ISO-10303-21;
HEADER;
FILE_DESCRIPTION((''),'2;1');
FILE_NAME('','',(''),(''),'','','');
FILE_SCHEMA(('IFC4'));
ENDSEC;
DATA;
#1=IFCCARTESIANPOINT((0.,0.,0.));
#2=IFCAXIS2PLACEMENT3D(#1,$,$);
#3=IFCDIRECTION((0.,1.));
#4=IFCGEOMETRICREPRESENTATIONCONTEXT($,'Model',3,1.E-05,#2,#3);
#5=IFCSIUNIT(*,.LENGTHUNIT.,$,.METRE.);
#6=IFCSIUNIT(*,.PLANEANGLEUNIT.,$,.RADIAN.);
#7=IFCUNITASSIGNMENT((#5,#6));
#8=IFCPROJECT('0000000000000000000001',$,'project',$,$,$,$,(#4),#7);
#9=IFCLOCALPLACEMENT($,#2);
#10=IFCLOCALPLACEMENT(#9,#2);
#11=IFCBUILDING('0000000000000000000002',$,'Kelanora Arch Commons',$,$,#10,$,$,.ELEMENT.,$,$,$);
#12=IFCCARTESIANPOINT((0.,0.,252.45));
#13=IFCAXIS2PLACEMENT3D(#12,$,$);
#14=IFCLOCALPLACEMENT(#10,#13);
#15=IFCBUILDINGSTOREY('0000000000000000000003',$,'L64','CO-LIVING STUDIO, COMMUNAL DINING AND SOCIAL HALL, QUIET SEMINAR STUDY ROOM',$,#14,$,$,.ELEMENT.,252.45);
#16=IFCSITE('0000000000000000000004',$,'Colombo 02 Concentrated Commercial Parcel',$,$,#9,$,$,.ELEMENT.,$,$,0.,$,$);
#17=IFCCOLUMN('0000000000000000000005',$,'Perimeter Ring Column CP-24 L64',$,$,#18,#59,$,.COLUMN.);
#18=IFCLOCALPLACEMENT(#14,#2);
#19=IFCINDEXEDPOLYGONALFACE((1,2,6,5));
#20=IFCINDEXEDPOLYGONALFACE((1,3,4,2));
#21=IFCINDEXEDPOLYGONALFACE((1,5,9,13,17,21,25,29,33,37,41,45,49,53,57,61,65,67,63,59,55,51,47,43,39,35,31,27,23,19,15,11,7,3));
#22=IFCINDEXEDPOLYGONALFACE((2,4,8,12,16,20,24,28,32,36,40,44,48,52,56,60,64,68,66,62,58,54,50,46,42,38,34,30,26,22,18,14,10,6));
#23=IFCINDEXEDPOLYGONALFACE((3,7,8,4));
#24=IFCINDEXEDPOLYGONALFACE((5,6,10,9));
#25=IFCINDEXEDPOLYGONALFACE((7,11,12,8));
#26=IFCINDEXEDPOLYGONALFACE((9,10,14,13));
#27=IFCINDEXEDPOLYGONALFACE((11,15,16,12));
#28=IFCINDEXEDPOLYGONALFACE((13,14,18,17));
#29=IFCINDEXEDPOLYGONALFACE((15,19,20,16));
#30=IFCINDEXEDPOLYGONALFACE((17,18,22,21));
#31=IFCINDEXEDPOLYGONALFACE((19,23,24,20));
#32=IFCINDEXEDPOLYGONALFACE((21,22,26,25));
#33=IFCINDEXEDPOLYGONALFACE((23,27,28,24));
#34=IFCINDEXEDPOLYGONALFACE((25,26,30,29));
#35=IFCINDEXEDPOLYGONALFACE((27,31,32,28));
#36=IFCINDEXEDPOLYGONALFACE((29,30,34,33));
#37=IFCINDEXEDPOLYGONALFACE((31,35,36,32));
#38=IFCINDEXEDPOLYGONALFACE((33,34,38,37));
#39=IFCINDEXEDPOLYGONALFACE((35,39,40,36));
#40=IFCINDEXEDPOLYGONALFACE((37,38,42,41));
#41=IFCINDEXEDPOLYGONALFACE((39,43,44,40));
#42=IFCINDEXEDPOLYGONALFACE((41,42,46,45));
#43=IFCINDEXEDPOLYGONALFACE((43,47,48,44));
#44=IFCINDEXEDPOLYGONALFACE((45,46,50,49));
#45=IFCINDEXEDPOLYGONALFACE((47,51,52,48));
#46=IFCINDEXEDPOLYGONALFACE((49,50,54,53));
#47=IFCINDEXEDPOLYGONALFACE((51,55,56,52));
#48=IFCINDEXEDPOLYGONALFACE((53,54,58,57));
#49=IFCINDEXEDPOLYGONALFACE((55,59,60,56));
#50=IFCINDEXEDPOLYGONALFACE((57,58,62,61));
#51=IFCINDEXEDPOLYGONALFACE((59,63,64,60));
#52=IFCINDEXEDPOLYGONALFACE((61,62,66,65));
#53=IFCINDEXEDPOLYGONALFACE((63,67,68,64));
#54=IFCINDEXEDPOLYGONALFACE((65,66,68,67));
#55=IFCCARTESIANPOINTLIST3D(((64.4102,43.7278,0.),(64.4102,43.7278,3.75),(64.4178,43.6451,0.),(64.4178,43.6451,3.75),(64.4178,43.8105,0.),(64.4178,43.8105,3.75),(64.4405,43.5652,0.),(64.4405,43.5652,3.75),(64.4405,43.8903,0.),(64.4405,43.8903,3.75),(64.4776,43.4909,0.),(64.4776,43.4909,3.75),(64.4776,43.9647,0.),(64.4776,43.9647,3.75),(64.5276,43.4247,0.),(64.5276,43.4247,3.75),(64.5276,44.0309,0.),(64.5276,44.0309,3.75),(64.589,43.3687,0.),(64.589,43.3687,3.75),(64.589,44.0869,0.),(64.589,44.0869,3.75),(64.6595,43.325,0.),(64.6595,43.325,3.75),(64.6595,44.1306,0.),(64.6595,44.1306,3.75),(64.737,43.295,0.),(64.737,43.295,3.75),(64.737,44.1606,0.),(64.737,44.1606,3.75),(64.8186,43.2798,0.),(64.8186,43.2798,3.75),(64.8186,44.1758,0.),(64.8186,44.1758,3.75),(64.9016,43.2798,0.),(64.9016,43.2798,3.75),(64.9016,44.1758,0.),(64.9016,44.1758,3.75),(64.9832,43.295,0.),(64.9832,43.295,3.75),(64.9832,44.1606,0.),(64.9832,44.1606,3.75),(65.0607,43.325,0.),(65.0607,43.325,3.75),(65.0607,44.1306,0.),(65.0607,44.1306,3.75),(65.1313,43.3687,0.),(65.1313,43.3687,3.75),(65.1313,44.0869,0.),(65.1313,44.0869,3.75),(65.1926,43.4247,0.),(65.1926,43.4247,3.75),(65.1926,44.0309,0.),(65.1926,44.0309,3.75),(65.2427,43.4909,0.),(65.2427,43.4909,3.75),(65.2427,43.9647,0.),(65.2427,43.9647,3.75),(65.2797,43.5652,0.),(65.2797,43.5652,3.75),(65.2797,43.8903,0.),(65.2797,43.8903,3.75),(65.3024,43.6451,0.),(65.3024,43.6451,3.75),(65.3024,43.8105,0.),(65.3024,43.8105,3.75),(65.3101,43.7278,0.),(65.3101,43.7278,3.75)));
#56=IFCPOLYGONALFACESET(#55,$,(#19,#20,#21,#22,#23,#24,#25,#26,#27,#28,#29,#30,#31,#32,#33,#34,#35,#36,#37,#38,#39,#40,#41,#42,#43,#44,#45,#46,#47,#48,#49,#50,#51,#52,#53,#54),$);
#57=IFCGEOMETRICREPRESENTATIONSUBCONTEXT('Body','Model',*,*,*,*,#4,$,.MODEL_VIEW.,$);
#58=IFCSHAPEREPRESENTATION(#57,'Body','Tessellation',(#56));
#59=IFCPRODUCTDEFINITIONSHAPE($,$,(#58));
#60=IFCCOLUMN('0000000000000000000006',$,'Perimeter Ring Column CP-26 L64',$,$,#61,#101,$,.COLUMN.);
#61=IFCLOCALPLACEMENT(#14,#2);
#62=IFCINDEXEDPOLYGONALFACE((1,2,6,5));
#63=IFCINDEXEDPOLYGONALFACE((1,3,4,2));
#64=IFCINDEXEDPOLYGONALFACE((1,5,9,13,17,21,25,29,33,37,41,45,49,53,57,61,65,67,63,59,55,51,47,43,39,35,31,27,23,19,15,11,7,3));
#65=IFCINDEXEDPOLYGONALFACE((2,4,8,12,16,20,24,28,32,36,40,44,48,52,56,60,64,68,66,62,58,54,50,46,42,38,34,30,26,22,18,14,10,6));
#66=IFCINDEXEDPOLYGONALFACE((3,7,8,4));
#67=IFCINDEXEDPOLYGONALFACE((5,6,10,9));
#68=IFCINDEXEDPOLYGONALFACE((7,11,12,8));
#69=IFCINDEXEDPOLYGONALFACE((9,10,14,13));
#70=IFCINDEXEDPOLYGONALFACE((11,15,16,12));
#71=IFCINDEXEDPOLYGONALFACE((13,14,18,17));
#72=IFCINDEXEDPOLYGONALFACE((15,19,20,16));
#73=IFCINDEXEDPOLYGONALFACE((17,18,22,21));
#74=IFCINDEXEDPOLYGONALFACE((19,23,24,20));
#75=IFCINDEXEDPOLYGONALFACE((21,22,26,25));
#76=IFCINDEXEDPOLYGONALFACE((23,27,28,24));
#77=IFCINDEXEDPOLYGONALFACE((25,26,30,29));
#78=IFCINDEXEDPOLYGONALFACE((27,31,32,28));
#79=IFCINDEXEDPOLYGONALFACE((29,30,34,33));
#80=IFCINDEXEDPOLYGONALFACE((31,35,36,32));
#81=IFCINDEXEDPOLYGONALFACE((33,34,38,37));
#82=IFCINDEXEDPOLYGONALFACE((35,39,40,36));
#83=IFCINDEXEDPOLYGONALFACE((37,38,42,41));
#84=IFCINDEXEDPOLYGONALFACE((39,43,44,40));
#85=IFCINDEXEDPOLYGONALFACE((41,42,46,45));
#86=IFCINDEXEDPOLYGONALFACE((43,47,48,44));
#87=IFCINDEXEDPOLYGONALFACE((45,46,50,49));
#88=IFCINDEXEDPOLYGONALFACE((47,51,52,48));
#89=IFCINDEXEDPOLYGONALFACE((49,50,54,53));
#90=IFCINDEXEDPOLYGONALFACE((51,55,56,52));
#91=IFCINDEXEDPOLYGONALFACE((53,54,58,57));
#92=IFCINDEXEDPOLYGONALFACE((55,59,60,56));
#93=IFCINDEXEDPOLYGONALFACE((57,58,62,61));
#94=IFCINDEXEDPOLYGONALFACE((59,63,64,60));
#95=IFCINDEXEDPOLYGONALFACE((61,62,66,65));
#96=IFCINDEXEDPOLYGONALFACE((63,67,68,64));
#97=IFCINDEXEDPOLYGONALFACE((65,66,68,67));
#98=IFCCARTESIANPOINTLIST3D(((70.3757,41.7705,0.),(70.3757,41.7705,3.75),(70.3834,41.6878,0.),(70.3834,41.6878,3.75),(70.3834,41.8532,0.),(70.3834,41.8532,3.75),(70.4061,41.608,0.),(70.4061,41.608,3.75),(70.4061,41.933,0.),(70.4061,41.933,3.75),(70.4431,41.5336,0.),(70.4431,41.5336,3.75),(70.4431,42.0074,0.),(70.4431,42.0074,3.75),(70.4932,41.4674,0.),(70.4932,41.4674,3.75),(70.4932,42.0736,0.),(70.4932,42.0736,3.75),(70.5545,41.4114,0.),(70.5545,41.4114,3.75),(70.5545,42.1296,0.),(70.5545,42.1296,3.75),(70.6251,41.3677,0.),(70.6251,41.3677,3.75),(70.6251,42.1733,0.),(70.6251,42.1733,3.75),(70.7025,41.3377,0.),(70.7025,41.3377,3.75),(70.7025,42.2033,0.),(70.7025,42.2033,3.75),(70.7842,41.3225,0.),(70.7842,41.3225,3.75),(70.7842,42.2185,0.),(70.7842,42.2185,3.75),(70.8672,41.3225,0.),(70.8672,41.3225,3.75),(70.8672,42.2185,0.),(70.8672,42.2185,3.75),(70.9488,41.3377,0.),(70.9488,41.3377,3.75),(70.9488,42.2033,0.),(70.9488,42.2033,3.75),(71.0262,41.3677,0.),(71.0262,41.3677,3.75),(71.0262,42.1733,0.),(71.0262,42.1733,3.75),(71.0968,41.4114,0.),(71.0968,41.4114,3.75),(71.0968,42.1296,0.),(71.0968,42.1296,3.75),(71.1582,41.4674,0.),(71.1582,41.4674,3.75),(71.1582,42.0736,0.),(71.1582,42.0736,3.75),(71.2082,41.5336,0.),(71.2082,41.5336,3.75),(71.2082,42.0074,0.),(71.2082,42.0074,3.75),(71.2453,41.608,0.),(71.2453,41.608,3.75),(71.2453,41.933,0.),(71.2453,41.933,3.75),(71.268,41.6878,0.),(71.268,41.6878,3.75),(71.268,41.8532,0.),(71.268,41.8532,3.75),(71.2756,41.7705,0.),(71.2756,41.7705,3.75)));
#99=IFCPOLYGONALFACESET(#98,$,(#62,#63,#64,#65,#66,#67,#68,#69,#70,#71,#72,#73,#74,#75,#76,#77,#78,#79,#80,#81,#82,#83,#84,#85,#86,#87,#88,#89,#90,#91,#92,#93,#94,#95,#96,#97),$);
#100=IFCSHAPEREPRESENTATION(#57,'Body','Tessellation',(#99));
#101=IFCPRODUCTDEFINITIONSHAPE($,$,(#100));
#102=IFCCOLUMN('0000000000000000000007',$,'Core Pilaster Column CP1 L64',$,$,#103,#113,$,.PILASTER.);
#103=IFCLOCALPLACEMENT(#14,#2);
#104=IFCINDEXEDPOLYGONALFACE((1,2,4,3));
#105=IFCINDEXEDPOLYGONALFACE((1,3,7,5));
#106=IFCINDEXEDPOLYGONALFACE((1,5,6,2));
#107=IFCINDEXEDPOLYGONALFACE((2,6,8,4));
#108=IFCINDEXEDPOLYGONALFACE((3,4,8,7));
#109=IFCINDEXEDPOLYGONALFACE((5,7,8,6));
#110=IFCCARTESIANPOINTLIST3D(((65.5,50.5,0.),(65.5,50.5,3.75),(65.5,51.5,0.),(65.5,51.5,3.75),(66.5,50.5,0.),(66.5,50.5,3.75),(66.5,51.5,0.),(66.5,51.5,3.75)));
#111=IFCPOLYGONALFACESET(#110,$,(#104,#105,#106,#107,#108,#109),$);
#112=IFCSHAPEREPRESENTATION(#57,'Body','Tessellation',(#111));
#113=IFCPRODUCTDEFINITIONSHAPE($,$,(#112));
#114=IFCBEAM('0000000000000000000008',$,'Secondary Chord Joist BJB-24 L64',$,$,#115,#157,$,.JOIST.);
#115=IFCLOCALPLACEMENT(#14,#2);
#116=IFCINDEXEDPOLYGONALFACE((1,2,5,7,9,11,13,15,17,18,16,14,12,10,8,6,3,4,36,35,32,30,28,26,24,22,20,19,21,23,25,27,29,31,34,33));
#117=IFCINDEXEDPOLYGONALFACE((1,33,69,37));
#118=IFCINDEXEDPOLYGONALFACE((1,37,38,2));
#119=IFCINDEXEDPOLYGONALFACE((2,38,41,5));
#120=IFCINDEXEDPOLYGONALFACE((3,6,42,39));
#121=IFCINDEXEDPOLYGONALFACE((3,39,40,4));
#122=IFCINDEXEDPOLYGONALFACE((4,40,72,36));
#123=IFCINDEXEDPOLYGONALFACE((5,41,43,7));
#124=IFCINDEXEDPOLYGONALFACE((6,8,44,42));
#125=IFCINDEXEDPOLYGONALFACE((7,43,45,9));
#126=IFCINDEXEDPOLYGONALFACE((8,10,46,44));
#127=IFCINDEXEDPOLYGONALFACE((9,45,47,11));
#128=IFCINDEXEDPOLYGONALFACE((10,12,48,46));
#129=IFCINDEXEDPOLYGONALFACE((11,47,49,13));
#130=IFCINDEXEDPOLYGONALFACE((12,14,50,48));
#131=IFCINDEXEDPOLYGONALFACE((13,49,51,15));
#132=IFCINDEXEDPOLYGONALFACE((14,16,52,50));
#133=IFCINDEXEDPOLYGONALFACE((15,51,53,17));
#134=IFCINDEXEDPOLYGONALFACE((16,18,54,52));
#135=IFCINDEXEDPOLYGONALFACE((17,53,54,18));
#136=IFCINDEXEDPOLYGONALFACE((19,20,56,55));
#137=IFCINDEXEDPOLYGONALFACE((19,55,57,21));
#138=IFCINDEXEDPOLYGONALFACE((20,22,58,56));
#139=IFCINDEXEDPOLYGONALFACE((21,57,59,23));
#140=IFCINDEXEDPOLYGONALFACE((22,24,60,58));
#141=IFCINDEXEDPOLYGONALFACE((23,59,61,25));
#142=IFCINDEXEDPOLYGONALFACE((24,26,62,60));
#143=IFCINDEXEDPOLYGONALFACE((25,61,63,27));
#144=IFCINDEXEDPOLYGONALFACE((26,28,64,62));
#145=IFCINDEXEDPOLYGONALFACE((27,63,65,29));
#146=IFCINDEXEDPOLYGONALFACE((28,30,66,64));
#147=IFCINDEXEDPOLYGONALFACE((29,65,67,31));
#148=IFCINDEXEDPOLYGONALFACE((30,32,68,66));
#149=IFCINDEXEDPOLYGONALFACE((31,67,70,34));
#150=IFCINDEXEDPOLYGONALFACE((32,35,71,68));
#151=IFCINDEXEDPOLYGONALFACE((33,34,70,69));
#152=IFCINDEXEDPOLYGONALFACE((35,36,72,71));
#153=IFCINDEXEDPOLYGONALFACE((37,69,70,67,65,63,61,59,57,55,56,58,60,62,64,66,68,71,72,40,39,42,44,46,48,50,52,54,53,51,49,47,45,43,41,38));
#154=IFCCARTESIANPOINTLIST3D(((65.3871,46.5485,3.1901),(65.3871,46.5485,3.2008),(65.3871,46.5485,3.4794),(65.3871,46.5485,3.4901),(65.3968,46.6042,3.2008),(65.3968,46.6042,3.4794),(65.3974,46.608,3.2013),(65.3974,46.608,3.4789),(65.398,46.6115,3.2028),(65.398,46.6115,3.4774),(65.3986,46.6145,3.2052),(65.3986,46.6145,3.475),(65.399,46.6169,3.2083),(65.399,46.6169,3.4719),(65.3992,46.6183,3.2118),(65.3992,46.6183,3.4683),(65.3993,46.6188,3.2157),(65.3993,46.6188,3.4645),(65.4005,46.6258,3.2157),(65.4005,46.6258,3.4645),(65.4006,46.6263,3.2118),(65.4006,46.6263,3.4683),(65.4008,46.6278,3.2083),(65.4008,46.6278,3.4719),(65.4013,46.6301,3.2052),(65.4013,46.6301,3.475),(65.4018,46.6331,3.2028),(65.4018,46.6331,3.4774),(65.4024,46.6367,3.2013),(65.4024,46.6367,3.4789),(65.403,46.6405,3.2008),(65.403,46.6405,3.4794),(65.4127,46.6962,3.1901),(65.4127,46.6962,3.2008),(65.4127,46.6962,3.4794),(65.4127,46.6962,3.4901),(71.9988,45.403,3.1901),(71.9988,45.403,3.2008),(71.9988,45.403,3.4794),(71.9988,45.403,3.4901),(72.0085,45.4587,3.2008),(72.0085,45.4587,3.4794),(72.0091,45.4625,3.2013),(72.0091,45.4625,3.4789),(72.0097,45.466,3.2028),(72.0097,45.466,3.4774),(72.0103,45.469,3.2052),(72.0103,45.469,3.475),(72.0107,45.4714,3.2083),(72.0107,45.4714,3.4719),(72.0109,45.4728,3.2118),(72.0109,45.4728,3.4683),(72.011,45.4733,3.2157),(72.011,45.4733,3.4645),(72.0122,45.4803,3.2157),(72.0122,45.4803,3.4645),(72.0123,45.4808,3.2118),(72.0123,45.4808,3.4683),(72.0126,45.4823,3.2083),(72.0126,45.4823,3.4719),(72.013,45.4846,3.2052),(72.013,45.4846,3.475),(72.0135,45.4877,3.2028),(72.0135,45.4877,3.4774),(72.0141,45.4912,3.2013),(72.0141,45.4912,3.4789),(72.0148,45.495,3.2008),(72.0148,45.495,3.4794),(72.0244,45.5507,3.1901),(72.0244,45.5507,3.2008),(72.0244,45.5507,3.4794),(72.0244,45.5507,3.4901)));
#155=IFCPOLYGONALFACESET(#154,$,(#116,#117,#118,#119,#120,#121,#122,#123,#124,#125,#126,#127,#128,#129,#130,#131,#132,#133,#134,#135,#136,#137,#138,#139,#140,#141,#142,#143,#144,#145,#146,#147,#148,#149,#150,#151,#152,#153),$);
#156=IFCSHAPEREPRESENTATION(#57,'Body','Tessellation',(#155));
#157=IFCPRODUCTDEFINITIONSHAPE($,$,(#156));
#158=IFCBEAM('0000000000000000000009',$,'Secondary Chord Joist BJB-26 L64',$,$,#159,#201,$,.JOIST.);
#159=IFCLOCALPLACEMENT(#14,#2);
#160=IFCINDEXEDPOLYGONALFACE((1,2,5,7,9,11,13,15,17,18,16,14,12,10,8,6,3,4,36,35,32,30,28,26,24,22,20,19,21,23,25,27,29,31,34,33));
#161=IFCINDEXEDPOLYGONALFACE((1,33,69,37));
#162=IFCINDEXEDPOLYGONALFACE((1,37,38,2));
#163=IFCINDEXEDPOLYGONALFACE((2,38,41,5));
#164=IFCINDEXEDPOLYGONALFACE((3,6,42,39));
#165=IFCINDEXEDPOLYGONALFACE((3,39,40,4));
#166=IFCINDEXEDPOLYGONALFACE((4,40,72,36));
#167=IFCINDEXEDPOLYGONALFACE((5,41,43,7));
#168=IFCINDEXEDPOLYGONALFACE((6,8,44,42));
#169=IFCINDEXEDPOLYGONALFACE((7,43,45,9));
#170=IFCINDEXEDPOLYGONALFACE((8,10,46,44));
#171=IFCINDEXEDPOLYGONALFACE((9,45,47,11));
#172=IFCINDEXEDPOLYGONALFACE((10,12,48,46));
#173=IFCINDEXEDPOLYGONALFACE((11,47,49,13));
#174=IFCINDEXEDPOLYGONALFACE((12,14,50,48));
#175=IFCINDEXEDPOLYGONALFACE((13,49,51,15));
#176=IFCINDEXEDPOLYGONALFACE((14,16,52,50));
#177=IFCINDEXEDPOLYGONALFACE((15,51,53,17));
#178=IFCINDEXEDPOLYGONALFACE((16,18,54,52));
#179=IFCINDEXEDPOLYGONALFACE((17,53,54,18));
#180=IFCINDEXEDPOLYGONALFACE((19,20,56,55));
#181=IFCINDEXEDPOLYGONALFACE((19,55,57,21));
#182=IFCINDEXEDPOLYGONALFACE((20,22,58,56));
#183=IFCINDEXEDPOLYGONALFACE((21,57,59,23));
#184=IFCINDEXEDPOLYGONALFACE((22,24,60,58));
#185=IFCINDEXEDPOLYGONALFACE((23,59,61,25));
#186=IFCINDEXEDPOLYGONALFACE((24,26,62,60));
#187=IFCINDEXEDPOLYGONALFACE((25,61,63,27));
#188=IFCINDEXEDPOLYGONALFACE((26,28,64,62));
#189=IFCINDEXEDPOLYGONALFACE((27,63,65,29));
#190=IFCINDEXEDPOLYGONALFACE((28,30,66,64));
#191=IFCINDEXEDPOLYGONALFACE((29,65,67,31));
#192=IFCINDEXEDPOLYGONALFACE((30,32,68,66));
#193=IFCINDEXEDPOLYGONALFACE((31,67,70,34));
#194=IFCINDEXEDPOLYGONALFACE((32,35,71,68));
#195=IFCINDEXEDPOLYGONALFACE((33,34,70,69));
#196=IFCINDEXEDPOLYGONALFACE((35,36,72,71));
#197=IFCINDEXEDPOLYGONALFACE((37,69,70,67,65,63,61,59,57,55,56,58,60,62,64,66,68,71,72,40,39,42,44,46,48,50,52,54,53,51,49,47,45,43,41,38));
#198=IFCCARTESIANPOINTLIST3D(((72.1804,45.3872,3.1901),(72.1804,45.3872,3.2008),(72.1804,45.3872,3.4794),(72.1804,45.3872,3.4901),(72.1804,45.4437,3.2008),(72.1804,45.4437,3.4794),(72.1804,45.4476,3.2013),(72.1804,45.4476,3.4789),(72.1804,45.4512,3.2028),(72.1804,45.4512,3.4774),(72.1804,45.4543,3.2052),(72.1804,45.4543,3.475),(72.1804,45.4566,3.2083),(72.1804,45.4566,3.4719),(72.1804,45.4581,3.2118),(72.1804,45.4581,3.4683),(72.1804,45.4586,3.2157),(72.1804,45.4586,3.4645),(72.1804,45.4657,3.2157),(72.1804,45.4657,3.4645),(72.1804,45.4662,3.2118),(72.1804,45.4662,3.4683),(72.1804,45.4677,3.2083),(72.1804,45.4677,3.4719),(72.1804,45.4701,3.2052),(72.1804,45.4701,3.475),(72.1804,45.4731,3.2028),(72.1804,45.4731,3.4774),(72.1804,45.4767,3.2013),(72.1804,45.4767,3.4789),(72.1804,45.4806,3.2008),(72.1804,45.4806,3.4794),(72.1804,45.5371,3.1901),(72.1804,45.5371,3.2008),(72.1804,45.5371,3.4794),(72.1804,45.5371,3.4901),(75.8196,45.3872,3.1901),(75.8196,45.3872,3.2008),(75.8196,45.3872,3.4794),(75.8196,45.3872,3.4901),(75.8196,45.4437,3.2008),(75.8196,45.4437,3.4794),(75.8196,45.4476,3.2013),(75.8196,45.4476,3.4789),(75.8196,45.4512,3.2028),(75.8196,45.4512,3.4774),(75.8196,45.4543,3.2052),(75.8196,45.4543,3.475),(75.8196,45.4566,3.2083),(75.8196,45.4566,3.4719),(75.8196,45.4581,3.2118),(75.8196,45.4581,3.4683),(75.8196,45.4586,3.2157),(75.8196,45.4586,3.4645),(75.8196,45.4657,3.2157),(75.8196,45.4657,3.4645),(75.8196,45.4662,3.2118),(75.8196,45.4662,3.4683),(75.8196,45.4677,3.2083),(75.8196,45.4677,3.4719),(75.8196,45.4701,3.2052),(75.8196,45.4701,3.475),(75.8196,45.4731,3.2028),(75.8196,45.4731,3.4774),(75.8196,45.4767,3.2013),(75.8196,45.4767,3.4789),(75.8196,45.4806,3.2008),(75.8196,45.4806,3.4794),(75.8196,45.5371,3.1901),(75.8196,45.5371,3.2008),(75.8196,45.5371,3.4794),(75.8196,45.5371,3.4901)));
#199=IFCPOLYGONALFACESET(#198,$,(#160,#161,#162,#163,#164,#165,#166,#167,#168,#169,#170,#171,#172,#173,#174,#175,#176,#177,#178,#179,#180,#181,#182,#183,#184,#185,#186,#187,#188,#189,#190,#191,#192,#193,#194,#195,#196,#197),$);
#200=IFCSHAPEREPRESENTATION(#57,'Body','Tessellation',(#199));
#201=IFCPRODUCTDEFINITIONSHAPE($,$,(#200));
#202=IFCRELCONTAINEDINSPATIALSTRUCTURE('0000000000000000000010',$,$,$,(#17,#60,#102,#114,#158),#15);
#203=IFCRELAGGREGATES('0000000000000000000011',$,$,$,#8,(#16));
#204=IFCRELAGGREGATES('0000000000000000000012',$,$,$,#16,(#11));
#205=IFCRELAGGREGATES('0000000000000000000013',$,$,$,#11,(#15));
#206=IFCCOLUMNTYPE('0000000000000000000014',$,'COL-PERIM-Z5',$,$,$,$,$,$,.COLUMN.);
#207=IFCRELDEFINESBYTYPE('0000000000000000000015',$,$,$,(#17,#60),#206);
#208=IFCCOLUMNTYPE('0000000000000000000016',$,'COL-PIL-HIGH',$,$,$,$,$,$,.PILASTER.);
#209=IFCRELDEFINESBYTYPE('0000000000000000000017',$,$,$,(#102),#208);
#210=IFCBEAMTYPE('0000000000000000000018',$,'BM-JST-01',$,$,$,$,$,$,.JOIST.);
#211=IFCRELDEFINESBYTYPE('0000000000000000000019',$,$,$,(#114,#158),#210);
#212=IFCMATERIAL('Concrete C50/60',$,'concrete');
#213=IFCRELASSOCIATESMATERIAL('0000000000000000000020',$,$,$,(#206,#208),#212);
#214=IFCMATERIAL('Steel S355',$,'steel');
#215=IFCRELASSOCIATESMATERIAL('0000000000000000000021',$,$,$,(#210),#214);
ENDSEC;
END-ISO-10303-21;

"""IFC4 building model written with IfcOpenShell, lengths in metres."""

from ifc_helpers import new_model, si_unit, direction, frame, origin, origin_2d, place, context, subcontext, project, spatial, rectangle, circle, i_section, extrude, material, material_profile, profile_set, type_object, element, save


model = new_model("IFC4")

# Units and contexts
model_context = context("Model", 3, precision=1e-05, world=origin(), true_north=direction((0.0, 1.0)))
body_context = subcontext(model_context, "Body", "Model", "MODEL_VIEW")
ifc_project = project(units=[si_unit("LENGTHUNIT", "METRE"), si_unit("PLANEANGLEUNIT", "RADIAN")], contexts=[model_context])

# Site, building, storey
site_placement = place(None, origin())
site = spatial("IfcSite", under=ifc_project, at=site_placement, Name="Colombo 02 Concentrated Commercial Parcel", CompositionType="ELEMENT", RefElevation=0.0)
building_placement = place(site_placement, origin())
building = spatial("IfcBuilding", under=site, at=building_placement, Name="Kelanora Arch Commons", CompositionType="ELEMENT")
storey_placement = place(building_placement, frame((0.0, 0.0, 252.45)))
storey = spatial("IfcBuildingStorey", under=building, at=storey_placement, Name="L64", Description="CO-LIVING STUDIO, COMMUNAL DINING AND SOCIAL HALL, QUIET SEMINAR STUDY ROOM", CompositionType="ELEMENT", Elevation=252.45)

# Columns
ifc_material_1 = material(Name="Concrete C50/60", Category="concrete")
ifc_material_profile_1 = material_profile(ifc_material_1, circle(Radius=0.45, at=origin_2d()), Name="RCC900")
ifc_profile_set_1 = profile_set([ifc_material_profile_1], Name="Concrete C50/60")
column_type_1 = type_object("IfcColumnType", Name="COL-PERIM-Z5", PredefinedType="COLUMN", material=ifc_profile_set_1)
for number, where, z_axis, x_axis, name in (
    (1, (64.8601, 43.7278, 0.0), (0.0, 0.0, 1.0), (1.0, 0.0, 0.0), "Perimeter Ring Column CP-24 L64"),
    (2, (70.8257, 41.7705, 0.0), (0.0, 0.0, 1.0), (1.0, 0.0, 0.0), "Perimeter Ring Column CP-26 L64"),
):
    element("IfcColumn", number, at=place(storey_placement, frame(where, z_axis=z_axis, x_axis=x_axis)), inside=storey, type_object=column_type_1, Name=name, PredefinedType="COLUMN", context=body_context, shape_type="SweptSolid", body=[
        extrude(circle(Radius=0.45, at=origin_2d()), origin(), (0.0, 0.0, 1.0), 3.75),
    ])
ifc_material_profile_2 = material_profile(ifc_material_1, rectangle(XDim=1.0, YDim=1.0, at=origin_2d()), Name="RC1000x1000")
ifc_profile_set_2 = profile_set([ifc_material_profile_2], Name="Concrete C50/60")
column_type_2 = type_object("IfcColumnType", Name="COL-PIL-HIGH", PredefinedType="PILASTER", material=ifc_profile_set_2)
column_placement = place(storey_placement, frame((66.0, 51.0, 0.0), z_axis=(0.0, 0.0, 1.0), x_axis=(1.0, 0.0, 0.0)))
element("IfcColumn", 3, at=column_placement, inside=storey, type_object=column_type_2, Name="Core Pilaster Column CP1 L64", PredefinedType="PILASTER", context=body_context, shape_type="SweptSolid", body=[
    extrude(rectangle(XDim=1.0, YDim=1.0, at=origin_2d()), origin(), (0.0, 0.0, 1.0), 3.75),
])

# Beams
ifc_material_2 = material(Name="Steel S355", Category="steel")
ifc_material_profile_3 = material_profile(ifc_material_2, i_section(OverallWidth=0.1499, OverallDepth=0.3, WebThickness=0.0071, FlangeThickness=0.0107, FilletRadius=0.0149, at=origin_2d()), Name="IPE300")
ifc_profile_set_3 = profile_set([ifc_material_profile_3], Name="Steel S355")
beam_type_1 = type_object("IfcBeamType", Name="BM-JST-01", PredefinedType="JOIST", material=ifc_profile_set_3)
beam_1_placement = place(storey_placement, frame((65.3999, 46.6223, 3.3401), z_axis=(0.985322, -0.170709, 0.0), x_axis=(0.170709, 0.985322, 0.0)))
element("IfcBeam", 4, at=beam_1_placement, inside=storey, type_object=beam_type_1, Name="Secondary Chord Joist BJB-24 L64", PredefinedType="JOIST", context=body_context, shape_type="SweptSolid", body=[
    extrude(i_section(OverallWidth=0.1499, OverallDepth=0.3, WebThickness=0.0071, FlangeThickness=0.0107, FilletRadius=0.0149, at=origin_2d()), origin(), (0.0, 0.0, 1.0), 6.7102),
])
beam_2_placement = place(storey_placement, frame((72.1804, 45.4622, 3.3401), z_axis=(1.0, 0.0, 0.0), x_axis=(0.0, 1.0, 0.0)))
element("IfcBeam", 5, at=beam_2_placement, inside=storey, type_object=beam_type_1, Name="Secondary Chord Joist BJB-26 L64", PredefinedType="JOIST", context=body_context, shape_type="SweptSolid", body=[
    extrude(i_section(OverallWidth=0.1499, OverallDepth=0.3, WebThickness=0.0071, FlangeThickness=0.0107, FilletRadius=0.0149, at=origin_2d()), origin(), (0.0, 0.0, 1.0), 3.6392),
])

save(model, "model.ifc")
